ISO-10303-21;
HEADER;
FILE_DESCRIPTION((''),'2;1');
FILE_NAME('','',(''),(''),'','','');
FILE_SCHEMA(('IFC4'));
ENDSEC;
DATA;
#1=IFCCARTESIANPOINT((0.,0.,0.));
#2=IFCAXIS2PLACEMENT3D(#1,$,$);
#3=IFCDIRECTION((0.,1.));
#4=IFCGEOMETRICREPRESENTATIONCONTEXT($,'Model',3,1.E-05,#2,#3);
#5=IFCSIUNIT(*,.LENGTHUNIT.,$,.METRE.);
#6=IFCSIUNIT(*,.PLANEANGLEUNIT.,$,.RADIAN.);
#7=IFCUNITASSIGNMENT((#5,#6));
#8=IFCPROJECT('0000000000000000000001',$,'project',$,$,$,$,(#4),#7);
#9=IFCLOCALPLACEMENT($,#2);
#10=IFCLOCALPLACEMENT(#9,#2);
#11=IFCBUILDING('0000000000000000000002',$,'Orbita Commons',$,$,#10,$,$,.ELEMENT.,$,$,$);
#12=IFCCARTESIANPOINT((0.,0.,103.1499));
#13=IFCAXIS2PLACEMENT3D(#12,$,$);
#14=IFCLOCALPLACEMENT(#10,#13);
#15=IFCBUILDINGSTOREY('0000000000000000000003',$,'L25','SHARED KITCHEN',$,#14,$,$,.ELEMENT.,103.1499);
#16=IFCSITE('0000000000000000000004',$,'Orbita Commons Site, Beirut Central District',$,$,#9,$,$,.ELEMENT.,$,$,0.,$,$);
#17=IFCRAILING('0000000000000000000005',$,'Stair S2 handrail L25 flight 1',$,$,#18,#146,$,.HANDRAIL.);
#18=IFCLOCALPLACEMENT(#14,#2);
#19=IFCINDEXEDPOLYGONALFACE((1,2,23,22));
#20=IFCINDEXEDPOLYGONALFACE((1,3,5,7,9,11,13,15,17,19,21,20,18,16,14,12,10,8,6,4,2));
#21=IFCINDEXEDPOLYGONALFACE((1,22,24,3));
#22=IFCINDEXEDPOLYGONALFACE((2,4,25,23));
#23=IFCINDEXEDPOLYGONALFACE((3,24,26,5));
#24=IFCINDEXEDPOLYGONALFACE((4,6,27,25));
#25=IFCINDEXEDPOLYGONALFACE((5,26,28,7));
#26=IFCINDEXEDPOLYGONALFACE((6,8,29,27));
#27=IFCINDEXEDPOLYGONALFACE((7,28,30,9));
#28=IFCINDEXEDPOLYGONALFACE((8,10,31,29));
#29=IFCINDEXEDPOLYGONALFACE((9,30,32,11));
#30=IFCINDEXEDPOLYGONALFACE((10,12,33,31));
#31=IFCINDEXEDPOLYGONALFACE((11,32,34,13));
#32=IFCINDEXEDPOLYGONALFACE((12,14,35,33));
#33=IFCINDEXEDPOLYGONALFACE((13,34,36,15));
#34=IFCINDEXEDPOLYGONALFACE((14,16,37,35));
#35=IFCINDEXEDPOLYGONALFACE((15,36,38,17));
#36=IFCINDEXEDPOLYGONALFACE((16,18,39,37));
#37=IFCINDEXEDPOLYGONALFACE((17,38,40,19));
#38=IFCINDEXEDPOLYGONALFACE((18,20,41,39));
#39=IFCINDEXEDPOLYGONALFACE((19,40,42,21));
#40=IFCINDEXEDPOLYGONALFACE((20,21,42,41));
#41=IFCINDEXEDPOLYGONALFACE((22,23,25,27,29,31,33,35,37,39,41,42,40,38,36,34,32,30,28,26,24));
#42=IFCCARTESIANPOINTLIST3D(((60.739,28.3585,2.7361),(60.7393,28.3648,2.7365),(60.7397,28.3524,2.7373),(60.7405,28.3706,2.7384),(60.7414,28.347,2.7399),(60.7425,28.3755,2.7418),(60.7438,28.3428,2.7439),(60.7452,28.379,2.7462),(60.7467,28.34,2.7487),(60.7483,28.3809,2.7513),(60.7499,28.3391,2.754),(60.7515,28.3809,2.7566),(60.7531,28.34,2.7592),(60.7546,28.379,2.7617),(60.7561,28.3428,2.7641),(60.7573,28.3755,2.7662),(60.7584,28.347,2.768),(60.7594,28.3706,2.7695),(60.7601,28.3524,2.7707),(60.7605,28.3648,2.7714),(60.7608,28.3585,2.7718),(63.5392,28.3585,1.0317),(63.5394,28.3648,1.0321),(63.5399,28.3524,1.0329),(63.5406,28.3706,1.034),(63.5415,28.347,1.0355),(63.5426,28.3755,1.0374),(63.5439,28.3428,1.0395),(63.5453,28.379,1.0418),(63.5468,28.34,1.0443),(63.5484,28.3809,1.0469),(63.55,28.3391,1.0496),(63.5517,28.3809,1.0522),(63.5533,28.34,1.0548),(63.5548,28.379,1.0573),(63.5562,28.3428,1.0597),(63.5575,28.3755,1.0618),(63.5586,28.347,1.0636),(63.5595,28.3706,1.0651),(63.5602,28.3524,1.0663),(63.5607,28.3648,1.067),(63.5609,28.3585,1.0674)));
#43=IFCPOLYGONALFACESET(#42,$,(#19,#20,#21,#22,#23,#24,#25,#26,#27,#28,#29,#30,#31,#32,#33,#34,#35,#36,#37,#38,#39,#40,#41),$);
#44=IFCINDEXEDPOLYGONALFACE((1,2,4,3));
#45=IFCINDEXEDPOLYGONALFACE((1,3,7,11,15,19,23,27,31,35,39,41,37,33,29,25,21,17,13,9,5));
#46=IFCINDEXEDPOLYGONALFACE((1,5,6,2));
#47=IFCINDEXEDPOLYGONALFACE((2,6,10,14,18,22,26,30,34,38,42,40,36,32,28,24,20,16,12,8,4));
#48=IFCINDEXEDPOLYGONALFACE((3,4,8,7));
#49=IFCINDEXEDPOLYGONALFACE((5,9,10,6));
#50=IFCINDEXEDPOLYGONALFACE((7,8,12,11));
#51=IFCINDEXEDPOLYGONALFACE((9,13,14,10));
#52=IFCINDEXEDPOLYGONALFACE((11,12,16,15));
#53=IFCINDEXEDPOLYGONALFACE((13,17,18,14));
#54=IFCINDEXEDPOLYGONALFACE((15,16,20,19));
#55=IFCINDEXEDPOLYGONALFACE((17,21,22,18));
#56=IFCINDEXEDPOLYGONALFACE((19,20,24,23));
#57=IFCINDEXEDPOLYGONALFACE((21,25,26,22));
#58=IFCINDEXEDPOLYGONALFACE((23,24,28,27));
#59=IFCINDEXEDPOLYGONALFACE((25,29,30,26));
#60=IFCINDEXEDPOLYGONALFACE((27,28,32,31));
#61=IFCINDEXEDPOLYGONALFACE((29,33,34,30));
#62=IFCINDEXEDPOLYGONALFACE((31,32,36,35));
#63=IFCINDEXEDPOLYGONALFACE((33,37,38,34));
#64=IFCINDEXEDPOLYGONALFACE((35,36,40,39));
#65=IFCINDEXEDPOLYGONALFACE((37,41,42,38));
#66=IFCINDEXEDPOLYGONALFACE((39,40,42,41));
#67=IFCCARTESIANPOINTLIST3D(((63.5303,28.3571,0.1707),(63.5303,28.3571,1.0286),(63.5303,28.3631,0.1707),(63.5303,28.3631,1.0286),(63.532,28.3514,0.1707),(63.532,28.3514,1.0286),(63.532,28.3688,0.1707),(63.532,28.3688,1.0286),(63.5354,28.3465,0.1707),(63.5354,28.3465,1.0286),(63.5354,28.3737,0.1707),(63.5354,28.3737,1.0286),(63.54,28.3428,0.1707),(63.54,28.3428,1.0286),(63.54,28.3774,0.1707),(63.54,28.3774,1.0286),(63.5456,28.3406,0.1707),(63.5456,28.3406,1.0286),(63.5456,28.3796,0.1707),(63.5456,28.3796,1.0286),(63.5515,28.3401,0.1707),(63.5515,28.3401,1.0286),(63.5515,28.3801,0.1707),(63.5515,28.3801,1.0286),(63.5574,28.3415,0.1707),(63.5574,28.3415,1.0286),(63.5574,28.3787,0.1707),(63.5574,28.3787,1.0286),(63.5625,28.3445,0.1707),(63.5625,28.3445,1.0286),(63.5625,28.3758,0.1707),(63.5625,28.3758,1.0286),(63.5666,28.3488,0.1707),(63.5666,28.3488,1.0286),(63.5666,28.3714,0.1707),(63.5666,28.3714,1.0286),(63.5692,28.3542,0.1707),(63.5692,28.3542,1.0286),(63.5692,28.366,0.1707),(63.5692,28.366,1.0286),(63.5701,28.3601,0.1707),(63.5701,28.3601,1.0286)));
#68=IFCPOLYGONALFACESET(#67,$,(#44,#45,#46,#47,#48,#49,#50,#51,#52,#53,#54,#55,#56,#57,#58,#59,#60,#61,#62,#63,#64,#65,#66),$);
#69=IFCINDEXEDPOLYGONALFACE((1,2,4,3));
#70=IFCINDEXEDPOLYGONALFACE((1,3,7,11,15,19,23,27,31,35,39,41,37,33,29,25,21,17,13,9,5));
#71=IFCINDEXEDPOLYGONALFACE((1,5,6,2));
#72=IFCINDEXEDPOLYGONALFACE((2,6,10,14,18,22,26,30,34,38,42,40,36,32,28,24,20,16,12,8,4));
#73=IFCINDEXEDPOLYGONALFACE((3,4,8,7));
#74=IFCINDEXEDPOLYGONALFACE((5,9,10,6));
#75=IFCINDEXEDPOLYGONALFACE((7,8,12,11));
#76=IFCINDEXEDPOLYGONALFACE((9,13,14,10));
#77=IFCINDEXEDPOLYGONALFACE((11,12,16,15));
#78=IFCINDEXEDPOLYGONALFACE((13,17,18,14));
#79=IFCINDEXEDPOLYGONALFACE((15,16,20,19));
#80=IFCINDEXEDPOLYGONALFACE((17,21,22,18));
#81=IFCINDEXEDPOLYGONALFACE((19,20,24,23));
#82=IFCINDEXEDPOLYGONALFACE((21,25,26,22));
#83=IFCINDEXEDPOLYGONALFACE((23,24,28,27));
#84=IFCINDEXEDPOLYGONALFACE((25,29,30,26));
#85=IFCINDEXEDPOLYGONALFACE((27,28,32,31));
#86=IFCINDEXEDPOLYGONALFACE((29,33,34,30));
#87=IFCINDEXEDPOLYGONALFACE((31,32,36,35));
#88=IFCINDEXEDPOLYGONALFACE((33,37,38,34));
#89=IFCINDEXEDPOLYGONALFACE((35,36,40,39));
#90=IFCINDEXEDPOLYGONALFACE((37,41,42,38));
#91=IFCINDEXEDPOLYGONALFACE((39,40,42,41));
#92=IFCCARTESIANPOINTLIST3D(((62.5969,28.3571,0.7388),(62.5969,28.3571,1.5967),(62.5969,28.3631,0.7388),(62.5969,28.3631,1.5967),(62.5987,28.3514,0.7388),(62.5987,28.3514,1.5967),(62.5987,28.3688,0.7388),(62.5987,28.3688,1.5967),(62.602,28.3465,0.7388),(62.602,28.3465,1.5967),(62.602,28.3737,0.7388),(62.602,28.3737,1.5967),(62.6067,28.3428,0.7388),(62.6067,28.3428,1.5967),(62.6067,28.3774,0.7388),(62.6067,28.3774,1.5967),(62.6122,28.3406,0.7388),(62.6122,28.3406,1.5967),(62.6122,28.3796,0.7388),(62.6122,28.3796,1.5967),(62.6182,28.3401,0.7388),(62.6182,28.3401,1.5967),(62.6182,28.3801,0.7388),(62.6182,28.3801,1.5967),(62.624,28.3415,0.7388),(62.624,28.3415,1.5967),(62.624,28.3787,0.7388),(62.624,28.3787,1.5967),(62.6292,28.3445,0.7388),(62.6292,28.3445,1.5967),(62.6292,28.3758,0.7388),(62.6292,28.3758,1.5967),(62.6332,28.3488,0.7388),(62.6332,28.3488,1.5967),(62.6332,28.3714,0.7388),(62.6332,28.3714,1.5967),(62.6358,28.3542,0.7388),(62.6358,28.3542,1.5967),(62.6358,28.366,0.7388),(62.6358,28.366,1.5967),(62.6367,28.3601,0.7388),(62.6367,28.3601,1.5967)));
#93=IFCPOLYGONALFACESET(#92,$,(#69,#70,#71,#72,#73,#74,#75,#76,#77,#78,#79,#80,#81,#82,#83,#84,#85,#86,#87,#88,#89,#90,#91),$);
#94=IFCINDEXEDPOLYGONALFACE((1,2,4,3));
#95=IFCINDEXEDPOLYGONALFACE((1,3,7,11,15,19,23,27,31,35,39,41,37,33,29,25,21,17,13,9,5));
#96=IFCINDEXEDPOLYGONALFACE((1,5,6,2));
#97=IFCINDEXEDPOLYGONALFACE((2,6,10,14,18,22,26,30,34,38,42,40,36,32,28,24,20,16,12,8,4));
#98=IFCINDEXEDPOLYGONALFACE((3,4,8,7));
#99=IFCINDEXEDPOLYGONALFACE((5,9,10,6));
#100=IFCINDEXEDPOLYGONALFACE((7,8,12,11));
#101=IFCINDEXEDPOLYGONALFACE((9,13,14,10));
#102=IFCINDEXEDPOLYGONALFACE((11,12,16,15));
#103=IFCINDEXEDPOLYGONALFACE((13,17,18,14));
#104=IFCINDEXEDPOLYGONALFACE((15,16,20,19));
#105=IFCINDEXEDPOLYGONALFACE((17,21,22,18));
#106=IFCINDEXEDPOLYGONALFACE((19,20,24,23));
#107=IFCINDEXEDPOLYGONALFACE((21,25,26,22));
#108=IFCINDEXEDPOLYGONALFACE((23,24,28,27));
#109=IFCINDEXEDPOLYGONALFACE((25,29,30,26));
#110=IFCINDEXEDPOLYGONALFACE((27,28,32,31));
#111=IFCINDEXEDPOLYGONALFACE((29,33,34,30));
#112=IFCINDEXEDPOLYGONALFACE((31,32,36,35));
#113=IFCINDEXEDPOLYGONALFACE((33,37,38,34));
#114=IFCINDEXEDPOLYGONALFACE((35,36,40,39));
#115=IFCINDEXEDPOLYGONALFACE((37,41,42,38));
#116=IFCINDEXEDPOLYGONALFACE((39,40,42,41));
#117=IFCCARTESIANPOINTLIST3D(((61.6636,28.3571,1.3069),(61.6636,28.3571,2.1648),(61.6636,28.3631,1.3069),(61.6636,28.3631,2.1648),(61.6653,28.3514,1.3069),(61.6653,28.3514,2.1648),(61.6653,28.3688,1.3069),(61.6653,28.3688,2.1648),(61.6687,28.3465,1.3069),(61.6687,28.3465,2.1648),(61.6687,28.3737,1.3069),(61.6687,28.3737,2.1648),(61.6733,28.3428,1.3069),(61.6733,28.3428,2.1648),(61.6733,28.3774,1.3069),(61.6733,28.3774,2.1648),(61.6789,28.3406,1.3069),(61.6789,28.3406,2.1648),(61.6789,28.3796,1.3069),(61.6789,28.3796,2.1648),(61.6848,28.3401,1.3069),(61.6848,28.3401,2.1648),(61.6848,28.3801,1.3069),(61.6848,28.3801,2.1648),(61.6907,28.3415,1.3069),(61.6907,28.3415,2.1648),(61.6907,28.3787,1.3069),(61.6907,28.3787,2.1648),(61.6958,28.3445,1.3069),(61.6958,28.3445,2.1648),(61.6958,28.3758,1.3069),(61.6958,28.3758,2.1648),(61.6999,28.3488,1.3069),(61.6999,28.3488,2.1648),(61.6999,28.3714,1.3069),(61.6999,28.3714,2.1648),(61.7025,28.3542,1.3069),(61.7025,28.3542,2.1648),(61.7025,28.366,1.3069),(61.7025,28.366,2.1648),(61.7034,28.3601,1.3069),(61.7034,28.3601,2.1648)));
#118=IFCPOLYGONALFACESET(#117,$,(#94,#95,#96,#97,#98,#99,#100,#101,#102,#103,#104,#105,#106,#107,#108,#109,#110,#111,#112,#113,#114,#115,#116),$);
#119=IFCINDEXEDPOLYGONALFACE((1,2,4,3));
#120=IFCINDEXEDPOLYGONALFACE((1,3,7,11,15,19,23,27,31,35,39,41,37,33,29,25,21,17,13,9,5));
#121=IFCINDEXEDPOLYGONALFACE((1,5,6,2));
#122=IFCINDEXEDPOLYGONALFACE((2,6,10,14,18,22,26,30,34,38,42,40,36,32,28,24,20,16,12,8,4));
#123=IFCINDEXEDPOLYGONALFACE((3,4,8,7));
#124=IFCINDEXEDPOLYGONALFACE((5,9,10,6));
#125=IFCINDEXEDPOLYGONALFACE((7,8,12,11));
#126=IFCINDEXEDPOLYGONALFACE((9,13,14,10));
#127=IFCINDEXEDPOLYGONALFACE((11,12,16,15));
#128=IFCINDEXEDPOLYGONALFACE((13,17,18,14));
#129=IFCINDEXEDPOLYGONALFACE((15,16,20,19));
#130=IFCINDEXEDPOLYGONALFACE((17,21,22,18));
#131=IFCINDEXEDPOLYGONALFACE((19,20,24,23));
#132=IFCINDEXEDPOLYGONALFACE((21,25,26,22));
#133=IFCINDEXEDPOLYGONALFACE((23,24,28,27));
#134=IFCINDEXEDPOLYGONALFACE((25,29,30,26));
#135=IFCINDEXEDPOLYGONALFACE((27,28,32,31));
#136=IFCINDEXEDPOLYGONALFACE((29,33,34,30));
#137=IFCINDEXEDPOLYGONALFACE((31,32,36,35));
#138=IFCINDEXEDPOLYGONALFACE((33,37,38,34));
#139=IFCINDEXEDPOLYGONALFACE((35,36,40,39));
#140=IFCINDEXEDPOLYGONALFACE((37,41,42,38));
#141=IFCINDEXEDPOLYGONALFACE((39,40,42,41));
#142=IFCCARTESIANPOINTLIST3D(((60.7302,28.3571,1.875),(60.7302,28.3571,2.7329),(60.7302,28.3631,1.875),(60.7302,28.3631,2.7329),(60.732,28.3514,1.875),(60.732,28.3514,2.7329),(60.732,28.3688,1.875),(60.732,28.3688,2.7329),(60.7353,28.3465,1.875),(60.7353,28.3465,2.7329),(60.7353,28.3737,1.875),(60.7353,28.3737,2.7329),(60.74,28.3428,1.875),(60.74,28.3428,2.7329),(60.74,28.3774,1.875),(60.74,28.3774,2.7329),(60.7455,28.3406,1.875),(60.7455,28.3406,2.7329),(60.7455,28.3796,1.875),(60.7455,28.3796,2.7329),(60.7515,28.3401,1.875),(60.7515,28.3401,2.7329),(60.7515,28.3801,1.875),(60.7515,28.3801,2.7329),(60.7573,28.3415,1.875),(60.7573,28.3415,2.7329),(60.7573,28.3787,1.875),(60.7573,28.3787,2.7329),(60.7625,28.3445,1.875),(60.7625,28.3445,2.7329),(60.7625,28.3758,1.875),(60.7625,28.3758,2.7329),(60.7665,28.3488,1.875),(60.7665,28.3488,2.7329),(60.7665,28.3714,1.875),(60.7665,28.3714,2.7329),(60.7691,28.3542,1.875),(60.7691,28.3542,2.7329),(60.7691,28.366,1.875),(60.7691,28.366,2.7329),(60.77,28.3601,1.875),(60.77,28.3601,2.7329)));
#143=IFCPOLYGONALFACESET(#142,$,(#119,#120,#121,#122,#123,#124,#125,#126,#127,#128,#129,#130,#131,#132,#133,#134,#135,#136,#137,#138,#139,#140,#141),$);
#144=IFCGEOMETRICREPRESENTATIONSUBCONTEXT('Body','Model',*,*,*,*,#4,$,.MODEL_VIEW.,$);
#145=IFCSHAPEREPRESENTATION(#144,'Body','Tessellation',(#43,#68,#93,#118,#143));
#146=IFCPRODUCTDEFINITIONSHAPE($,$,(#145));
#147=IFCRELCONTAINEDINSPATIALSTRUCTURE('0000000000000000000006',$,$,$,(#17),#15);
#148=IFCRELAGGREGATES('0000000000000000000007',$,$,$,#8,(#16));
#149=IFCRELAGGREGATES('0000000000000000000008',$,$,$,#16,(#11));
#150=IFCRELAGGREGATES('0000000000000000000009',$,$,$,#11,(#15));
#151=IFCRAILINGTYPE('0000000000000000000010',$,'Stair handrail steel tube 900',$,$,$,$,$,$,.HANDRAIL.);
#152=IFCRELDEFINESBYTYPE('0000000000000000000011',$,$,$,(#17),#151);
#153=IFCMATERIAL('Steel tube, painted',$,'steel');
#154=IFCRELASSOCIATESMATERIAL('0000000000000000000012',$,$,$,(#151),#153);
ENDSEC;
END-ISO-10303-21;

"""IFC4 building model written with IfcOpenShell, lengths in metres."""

from ifc_helpers import new_model, si_unit, direction, frame, origin, origin_2d, place, context, subcontext, project, spatial, circle, extrude, material, type_object, element, save


model = new_model("IFC4")

# Units and contexts
model_context = context("Model", 3, precision=1e-05, world=origin(), true_north=direction((0.0, 1.0)))
body_context = subcontext(model_context, "Body", "Model", "MODEL_VIEW")
ifc_project = project(units=[si_unit("LENGTHUNIT", "METRE"), si_unit("PLANEANGLEUNIT", "RADIAN")], contexts=[model_context])

# Site, building, storey
site_placement = place(None, origin())
site = spatial("IfcSite", under=ifc_project, at=site_placement, Name="Orbita Commons Site, Beirut Central District", CompositionType="ELEMENT", RefElevation=0.0)
building_placement = place(site_placement, origin())
building = spatial("IfcBuilding", under=site, at=building_placement, Name="Orbita Commons", CompositionType="ELEMENT")
storey_placement = place(building_placement, frame((0.0, 0.0, 103.1499)))
storey = spatial("IfcBuildingStorey", under=building, at=storey_placement, Name="L25", Description="SHARED KITCHEN", CompositionType="ELEMENT", Elevation=103.1499)

# Railing
ifc_material_1 = material(Name="Steel tube, painted", Category="steel")
railing_type = type_object("IfcRailingType", Name="Stair handrail steel tube 900", PredefinedType="HANDRAIL", material=ifc_material_1)
for number, where, name in (
    (1, (63.55, 28.3601, 0.1707), "Stair S2 handrail L25 flight 1"),
):
    element("IfcRailing", number, at=place(storey_placement, frame(where)), inside=storey, type_object=railing_type, Name=name, PredefinedType="HANDRAIL", context=body_context, shape_type="SweptSolid", body=[
        extrude(circle(Radius=0.021, at=origin_2d()), frame((0.0, 0.0, 0.8789), z_axis=(-0.854203, 0.0, 0.51994), x_axis=(0.0, -1.0, 0.0)), (0.0, 0.0, 1.0), 3.2781),
        extrude(circle(Radius=0.02, at=origin_2d()), origin(), (0.0, 0.0, 1.0), 0.8579),
        extrude(circle(Radius=0.02, at=origin_2d()), frame((-0.9333, 0.0, 0.5681)), (0.0, 0.0, 1.0), 0.8579),
        extrude(circle(Radius=0.02, at=origin_2d()), frame((-1.8667, 0.0, 1.1362)), (0.0, 0.0, 1.0), 0.8579),
        extrude(circle(Radius=0.02, at=origin_2d()), frame((-2.8, 0.0, 1.7043)), (0.0, 0.0, 1.0), 0.8579),
    ])

save(model, "model.ifc")
